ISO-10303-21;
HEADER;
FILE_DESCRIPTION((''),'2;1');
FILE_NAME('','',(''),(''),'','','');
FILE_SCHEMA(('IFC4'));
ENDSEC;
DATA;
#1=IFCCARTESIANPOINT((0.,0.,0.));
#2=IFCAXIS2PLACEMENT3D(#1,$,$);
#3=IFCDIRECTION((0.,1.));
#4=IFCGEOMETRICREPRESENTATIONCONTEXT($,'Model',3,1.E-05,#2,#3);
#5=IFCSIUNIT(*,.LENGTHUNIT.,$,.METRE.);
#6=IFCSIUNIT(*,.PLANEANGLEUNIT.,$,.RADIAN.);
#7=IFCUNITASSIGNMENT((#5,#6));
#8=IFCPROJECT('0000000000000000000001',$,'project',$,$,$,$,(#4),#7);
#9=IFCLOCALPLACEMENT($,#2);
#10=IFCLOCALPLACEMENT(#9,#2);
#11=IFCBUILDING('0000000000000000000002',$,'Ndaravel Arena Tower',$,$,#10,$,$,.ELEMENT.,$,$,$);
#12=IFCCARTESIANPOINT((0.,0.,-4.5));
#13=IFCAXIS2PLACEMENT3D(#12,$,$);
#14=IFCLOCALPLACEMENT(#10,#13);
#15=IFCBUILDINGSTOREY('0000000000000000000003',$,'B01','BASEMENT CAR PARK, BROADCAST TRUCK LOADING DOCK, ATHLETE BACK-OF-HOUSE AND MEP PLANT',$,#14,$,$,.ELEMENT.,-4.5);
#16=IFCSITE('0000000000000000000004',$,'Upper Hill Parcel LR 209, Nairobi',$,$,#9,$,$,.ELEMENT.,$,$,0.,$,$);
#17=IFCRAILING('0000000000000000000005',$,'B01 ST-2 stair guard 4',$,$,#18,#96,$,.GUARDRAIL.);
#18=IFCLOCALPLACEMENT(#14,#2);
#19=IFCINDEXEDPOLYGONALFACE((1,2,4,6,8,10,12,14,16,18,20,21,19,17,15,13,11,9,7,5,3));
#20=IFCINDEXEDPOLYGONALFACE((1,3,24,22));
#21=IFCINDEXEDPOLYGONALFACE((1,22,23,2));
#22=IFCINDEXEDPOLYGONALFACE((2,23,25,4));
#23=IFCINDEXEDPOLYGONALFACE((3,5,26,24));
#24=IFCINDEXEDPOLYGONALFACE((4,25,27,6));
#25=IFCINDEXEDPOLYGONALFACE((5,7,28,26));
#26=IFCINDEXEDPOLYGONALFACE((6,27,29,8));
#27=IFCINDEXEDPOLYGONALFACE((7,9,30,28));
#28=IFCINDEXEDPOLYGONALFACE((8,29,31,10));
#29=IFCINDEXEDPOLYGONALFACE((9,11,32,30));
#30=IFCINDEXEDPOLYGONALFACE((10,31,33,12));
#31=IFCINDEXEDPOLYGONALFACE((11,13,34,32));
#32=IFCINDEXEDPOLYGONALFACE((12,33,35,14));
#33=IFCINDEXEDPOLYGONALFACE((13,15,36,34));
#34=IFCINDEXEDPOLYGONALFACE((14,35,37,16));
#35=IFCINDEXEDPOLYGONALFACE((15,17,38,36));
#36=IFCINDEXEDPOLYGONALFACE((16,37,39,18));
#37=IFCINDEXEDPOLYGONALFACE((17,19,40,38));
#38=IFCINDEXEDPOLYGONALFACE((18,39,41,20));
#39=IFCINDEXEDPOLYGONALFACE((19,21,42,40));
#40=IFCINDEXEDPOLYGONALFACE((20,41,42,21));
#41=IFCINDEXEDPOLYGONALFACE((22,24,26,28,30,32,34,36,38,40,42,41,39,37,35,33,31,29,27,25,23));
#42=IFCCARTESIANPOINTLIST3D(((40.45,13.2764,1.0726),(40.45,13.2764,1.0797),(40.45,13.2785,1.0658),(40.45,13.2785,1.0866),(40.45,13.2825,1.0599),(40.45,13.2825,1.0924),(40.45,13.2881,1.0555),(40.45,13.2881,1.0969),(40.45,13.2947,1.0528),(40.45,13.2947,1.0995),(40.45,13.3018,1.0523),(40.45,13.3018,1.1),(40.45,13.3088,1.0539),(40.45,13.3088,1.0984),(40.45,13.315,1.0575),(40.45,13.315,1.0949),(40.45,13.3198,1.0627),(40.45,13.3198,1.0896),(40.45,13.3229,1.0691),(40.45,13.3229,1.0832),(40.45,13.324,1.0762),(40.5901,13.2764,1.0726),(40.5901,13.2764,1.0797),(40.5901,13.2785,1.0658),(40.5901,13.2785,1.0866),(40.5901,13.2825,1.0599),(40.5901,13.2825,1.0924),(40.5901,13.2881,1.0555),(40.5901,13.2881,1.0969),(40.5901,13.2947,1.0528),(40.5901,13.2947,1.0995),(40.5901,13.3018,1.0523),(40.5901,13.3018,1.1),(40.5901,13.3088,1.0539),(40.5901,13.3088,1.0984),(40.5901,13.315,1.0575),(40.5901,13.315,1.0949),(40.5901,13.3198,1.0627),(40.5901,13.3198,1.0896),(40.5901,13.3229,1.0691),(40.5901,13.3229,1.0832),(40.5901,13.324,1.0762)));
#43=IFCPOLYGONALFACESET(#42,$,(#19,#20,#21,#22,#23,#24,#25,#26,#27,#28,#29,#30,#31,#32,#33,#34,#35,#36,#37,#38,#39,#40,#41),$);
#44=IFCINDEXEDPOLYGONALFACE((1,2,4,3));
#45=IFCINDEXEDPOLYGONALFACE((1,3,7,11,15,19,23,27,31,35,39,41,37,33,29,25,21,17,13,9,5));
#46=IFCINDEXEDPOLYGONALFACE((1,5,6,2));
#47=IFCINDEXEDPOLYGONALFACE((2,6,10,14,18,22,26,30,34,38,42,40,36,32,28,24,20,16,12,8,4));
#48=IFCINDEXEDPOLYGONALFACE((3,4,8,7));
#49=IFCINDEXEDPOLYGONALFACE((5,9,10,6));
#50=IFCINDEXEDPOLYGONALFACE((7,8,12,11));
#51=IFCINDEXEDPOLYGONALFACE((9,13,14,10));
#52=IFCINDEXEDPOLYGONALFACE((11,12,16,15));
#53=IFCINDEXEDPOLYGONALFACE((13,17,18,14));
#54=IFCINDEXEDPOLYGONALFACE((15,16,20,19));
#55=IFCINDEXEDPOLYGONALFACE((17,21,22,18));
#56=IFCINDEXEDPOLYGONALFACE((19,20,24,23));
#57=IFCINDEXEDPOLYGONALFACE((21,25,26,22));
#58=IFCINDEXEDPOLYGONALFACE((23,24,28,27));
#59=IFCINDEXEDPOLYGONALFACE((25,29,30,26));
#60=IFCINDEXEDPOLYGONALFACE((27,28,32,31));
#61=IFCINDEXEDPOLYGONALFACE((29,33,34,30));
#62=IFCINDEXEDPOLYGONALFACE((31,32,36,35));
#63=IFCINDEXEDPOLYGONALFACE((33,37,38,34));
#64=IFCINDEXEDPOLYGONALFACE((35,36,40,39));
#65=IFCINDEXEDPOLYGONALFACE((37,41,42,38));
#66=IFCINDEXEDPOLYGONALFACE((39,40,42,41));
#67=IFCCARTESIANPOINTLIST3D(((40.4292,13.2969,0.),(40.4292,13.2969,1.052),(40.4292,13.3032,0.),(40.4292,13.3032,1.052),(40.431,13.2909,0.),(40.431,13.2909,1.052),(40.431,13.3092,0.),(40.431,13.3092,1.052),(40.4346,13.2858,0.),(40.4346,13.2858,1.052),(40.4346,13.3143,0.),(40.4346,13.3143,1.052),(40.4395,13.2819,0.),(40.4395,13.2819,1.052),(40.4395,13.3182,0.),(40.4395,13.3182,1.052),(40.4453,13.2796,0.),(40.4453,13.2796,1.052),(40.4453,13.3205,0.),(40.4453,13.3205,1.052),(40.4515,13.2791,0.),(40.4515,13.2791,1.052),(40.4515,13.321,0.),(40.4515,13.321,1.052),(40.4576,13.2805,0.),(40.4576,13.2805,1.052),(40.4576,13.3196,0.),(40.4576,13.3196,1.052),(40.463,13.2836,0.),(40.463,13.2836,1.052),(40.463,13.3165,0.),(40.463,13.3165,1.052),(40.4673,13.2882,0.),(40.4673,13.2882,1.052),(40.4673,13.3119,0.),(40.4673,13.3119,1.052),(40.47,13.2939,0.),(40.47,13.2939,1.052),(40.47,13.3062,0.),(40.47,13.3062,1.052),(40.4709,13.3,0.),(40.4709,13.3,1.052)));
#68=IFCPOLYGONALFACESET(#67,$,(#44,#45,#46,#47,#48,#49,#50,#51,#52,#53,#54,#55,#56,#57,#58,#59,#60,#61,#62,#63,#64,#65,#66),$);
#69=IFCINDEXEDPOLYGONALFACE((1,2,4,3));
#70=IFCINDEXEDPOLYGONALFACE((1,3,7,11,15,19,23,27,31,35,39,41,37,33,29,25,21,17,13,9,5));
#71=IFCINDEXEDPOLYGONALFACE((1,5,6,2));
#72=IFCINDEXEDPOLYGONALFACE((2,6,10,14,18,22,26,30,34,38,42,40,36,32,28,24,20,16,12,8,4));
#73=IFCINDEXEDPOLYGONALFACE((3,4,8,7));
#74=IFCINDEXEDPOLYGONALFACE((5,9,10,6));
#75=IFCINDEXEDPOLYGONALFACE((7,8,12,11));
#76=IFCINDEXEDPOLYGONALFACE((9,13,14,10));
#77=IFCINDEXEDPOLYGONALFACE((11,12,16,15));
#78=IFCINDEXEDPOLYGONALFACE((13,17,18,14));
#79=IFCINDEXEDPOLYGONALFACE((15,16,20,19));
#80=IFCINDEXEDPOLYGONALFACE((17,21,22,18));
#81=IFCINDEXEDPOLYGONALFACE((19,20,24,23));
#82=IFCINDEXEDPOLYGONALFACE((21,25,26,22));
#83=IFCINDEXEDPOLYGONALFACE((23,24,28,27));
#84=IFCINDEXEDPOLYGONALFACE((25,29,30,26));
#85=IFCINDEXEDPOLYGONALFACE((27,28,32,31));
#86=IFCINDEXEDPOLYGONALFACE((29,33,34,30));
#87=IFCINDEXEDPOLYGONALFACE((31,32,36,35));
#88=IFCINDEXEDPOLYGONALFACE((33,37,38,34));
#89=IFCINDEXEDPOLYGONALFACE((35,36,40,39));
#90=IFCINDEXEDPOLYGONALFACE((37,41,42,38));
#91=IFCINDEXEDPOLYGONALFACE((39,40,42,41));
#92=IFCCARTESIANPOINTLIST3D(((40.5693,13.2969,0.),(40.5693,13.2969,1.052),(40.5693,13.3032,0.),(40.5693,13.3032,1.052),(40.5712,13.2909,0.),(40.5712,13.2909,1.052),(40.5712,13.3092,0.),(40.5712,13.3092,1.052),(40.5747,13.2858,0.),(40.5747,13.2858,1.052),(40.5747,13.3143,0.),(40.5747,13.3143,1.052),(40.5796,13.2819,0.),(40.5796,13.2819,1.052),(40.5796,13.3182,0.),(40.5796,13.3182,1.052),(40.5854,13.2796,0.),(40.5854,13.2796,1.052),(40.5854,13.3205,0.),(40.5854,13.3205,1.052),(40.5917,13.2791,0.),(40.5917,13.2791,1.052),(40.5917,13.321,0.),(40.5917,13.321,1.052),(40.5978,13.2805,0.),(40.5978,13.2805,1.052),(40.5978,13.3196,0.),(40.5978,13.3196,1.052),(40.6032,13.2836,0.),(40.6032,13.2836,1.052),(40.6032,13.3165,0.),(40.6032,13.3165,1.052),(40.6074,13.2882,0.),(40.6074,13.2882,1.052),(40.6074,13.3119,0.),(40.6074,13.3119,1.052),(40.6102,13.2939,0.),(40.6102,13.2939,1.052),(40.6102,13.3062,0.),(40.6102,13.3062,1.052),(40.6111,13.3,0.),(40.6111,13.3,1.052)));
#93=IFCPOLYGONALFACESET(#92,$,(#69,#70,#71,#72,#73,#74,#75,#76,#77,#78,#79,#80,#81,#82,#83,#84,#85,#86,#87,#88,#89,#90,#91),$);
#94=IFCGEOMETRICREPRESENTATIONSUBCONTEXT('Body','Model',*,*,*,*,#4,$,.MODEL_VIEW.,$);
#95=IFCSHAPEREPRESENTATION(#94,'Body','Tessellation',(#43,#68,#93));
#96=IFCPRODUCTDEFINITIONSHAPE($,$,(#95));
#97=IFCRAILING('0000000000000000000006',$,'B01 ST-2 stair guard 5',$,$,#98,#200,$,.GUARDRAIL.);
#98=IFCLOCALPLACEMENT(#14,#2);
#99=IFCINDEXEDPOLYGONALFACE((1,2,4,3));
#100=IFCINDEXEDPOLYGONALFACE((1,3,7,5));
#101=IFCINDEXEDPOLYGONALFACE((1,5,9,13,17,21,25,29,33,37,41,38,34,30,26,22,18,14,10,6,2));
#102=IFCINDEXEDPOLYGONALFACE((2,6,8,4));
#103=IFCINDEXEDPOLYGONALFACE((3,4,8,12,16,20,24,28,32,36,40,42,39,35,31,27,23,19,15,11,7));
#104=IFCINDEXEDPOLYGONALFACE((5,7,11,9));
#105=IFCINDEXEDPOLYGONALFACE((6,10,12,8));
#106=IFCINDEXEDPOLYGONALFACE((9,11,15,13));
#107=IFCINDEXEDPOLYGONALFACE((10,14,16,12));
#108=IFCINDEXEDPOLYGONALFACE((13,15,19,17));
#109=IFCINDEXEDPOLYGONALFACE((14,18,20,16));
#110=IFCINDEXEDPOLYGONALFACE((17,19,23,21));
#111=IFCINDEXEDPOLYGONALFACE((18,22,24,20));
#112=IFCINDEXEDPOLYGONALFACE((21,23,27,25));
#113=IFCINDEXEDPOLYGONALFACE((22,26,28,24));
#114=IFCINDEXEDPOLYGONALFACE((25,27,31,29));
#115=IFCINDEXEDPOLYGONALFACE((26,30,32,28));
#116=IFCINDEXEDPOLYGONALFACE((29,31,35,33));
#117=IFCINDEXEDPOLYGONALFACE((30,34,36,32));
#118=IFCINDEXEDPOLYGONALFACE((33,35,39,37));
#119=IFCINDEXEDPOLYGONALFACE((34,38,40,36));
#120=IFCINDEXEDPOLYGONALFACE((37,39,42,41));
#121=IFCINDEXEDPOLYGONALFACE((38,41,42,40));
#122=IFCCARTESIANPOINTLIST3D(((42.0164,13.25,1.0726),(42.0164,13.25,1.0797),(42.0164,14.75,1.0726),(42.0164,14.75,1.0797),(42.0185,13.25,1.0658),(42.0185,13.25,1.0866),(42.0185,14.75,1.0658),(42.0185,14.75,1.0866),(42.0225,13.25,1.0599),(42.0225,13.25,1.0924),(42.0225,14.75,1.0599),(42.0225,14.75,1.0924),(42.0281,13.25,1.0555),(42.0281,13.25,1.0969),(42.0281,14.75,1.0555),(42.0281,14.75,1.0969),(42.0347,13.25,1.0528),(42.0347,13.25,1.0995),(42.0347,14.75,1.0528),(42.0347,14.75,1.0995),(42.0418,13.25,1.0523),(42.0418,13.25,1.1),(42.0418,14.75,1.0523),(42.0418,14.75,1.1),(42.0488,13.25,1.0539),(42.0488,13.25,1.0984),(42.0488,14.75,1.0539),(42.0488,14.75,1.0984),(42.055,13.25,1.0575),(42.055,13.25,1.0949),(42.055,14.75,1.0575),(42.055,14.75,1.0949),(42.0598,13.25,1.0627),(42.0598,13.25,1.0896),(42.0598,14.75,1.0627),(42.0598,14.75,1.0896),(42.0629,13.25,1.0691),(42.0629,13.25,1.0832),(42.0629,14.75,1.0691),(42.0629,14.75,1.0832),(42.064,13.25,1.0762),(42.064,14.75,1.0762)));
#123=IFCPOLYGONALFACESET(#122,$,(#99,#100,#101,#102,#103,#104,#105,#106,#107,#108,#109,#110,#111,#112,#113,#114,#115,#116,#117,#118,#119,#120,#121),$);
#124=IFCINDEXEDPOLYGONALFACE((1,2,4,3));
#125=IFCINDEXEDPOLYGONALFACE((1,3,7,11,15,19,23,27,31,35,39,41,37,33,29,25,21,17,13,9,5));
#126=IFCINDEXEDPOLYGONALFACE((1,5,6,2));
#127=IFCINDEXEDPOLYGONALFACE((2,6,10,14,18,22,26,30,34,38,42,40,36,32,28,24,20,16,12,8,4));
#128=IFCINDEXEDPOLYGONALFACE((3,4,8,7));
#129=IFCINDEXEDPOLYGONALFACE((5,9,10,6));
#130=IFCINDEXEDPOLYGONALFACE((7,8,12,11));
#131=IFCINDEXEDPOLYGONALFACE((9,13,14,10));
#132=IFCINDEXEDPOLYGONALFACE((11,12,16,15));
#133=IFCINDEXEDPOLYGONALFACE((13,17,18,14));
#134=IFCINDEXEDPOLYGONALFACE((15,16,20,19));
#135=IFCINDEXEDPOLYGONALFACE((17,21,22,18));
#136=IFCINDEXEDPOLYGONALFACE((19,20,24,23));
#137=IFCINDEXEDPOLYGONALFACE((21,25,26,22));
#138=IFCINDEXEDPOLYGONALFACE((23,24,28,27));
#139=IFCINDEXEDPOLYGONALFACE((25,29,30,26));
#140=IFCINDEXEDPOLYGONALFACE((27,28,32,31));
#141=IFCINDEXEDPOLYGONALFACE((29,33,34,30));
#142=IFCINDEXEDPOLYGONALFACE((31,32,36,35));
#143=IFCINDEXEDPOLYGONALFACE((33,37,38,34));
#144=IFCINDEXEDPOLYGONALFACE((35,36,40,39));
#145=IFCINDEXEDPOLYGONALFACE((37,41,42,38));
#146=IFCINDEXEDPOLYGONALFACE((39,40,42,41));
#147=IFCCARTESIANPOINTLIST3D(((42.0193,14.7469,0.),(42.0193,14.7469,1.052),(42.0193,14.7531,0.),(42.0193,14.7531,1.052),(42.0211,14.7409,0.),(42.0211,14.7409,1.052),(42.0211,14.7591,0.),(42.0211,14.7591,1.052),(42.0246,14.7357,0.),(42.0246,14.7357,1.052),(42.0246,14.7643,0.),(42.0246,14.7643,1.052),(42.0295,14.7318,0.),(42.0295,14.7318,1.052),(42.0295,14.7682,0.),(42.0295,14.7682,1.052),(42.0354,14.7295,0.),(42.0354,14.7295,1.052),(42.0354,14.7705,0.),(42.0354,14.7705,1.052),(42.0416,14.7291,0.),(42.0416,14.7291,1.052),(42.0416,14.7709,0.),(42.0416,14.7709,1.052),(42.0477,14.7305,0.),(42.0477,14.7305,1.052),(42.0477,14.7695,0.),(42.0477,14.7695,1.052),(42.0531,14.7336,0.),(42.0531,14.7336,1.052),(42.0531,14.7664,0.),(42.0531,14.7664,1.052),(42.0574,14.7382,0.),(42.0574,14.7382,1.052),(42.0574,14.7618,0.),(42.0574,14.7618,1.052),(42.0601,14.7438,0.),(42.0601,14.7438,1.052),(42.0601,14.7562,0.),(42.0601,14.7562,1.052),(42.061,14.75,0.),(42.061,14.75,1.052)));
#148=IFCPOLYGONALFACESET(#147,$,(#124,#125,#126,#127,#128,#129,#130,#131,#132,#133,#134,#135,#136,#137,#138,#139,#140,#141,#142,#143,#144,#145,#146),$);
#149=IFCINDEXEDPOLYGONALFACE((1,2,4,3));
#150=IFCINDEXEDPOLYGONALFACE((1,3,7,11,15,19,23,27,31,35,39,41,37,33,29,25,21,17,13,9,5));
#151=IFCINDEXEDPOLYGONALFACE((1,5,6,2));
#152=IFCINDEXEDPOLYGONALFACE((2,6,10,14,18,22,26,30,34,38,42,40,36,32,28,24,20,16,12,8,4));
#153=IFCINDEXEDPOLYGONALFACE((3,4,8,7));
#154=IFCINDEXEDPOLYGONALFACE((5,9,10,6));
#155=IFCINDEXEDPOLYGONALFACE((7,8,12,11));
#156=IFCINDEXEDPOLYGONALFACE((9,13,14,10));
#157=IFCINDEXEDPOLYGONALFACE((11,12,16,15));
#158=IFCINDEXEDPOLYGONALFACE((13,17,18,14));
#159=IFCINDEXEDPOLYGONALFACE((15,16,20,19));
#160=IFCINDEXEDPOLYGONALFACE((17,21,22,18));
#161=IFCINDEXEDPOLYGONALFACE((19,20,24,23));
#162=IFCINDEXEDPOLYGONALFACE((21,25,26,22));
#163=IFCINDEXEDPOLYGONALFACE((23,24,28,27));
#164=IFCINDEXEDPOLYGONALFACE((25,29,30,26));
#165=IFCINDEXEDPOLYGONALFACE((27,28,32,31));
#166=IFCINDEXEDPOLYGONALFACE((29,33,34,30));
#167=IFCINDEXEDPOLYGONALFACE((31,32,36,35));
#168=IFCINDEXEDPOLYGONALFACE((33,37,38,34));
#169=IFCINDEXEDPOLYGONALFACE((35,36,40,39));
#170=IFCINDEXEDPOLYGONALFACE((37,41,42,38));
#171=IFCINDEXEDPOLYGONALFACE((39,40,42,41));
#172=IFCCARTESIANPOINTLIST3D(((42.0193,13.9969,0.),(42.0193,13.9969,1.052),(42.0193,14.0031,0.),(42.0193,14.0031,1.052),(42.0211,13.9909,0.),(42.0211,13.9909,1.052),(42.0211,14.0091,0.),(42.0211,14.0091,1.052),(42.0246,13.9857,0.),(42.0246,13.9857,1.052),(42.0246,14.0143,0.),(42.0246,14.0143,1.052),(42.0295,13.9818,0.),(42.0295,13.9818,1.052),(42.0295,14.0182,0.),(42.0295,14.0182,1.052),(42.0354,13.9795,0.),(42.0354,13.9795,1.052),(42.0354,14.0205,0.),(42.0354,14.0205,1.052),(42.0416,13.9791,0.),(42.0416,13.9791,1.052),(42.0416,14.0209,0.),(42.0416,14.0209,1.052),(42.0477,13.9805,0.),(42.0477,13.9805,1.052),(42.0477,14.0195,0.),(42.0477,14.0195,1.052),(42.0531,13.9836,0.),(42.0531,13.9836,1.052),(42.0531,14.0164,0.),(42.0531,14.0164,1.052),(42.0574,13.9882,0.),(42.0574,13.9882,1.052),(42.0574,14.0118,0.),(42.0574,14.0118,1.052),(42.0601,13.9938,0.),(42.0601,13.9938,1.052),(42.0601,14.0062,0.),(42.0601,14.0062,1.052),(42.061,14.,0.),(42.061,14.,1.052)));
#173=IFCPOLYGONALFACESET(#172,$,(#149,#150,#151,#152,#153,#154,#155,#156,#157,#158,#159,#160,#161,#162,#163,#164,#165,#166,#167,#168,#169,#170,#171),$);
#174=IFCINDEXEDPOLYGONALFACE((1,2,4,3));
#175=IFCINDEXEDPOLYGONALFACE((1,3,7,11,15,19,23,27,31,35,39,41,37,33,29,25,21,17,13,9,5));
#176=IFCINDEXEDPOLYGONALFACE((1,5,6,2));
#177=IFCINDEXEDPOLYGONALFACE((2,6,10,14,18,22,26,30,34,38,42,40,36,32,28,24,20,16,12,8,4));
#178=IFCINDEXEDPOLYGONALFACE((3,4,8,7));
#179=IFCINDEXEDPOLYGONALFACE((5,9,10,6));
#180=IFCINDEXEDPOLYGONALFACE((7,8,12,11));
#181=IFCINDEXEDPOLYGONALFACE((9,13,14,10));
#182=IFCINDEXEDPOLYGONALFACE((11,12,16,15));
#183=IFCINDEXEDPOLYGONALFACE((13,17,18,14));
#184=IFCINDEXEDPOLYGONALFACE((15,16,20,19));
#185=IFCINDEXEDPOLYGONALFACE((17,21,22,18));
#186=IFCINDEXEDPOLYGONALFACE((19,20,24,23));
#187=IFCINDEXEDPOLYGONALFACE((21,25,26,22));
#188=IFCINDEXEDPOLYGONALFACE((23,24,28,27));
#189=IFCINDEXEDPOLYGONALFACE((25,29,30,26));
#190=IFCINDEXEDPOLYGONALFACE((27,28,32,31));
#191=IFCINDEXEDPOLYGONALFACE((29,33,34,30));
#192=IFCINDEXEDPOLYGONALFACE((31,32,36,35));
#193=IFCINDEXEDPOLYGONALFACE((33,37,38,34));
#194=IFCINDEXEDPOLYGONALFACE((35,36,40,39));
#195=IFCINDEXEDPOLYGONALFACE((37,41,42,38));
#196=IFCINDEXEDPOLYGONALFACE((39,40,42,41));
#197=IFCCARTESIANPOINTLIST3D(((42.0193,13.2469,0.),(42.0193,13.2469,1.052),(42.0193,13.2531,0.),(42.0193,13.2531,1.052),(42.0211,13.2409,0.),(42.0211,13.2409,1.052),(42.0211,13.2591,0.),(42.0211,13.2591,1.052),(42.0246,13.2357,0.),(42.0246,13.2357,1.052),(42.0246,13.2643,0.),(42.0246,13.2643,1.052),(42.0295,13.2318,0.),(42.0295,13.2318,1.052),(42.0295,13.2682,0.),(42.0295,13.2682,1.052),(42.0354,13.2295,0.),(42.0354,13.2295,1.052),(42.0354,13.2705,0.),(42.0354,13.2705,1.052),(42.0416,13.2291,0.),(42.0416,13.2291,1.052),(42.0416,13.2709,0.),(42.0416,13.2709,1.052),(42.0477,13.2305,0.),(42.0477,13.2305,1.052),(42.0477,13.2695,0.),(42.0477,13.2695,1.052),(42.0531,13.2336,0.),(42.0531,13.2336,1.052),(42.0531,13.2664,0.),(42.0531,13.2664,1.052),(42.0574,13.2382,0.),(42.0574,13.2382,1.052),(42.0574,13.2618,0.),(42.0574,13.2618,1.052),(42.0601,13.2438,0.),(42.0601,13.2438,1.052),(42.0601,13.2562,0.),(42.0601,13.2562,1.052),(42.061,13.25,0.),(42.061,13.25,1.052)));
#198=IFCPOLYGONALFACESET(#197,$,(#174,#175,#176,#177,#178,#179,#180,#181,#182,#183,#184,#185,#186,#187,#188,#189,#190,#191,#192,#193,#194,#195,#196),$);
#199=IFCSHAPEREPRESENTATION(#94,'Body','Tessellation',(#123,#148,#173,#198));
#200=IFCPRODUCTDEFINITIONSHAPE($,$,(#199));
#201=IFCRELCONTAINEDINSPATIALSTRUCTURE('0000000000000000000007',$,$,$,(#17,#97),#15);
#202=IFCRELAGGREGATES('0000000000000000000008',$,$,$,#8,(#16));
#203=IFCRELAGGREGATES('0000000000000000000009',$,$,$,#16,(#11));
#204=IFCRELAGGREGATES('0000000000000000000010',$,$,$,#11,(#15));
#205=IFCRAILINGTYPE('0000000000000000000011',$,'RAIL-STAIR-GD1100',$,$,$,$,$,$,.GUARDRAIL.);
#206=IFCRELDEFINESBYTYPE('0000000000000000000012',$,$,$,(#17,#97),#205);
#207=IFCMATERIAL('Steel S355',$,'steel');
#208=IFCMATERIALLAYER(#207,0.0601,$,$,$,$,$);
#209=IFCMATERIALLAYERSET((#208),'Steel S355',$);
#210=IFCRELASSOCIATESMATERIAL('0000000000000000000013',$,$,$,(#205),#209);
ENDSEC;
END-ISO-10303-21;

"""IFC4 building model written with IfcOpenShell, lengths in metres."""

from ifc_helpers import new_model, si_unit, direction, frame, origin, origin_2d, place, context, subcontext, project, spatial, circle, extrude, material, layer, layer_set, type_object, element, save


model = new_model("IFC4")

# Units and contexts
model_context = context("Model", 3, precision=1e-05, world=origin(), true_north=direction((0.0, 1.0)))
body_context = subcontext(model_context, "Body", "Model", "MODEL_VIEW")
ifc_project = project(units=[si_unit("LENGTHUNIT", "METRE"), si_unit("PLANEANGLEUNIT", "RADIAN")], contexts=[model_context])

# Site, building, storey
site_placement = place(None, origin())
site = spatial("IfcSite", under=ifc_project, at=site_placement, Name="Upper Hill Parcel LR 209, Nairobi", CompositionType="ELEMENT", RefElevation=0.0)
building_placement = place(site_placement, origin())
building = spatial("IfcBuilding", under=site, at=building_placement, Name="Ndaravel Arena Tower", CompositionType="ELEMENT")
storey_placement = place(building_placement, frame((0.0, 0.0, -4.5)))
storey = spatial("IfcBuildingStorey", under=building, at=storey_placement, Name="B01", Description="BASEMENT CAR PARK, BROADCAST TRUCK LOADING DOCK, ATHLETE BACK-OF-HOUSE AND MEP PLANT", CompositionType="ELEMENT", Elevation=-4.5)

# Railings
ifc_material_1 = material(Name="Steel S355", Category="steel")
ifc_layer_1 = layer(ifc_material_1, 0.0601)
ifc_layer_set_1 = layer_set([ifc_layer_1], Name="Steel S355")
railing_type_1 = type_object("IfcRailingType", Name="RAIL-STAIR-GD1100", PredefinedType="GUARDRAIL", material=ifc_layer_set_1)
railing_1_placement = place(storey_placement, frame((40.45, 13.3, 0.0)))
element("IfcRailing", 1, at=railing_1_placement, inside=storey, type_object=railing_type_1, Name="B01 ST-2 stair guard 4", PredefinedType="GUARDRAIL", context=body_context, shape_type="SweptSolid", body=[
    extrude(circle(Radius=0.0239, at=origin_2d()), frame((0.0, 0.0, 1.0762), z_axis=(1.0, 0.0, 0.0), x_axis=(0.0, 1.0, 0.0)), (0.0, 0.0, 1.0), 0.1401),
    extrude(circle(Radius=0.021, at=origin_2d()), origin(), (0.0, 0.0, 1.0), 1.052),
    extrude(circle(Radius=0.021, at=origin_2d()), frame((0.1401, 0.0, 0.0)), (0.0, 0.0, 1.0), 1.052),
])
railing_2_placement = place(storey_placement, frame((42.04, 14.75, 0.0)))
element("IfcRailing", 2, at=railing_2_placement, inside=storey, type_object=railing_type_1, Name="B01 ST-2 stair guard 5", PredefinedType="GUARDRAIL", context=body_context, shape_type="SweptSolid", body=[
    extrude(circle(Radius=0.0239, at=origin_2d()), frame((0.0, 0.0, 1.0762), z_axis=(0.0, -1.0, 0.0), x_axis=(1.0, 0.0, 0.0)), (0.0, 0.0, 1.0), 1.5),
    extrude(circle(Radius=0.021, at=origin_2d()), origin(), (0.0, 0.0, 1.0), 1.052),
    extrude(circle(Radius=0.021, at=origin_2d()), frame((0.0, -0.75, 0.0)), (0.0, 0.0, 1.0), 1.052),
    extrude(circle(Radius=0.021, at=origin_2d()), frame((0.0, -1.5, 0.0)), (0.0, 0.0, 1.0), 1.052),
])

save(model, "model.ifc")
